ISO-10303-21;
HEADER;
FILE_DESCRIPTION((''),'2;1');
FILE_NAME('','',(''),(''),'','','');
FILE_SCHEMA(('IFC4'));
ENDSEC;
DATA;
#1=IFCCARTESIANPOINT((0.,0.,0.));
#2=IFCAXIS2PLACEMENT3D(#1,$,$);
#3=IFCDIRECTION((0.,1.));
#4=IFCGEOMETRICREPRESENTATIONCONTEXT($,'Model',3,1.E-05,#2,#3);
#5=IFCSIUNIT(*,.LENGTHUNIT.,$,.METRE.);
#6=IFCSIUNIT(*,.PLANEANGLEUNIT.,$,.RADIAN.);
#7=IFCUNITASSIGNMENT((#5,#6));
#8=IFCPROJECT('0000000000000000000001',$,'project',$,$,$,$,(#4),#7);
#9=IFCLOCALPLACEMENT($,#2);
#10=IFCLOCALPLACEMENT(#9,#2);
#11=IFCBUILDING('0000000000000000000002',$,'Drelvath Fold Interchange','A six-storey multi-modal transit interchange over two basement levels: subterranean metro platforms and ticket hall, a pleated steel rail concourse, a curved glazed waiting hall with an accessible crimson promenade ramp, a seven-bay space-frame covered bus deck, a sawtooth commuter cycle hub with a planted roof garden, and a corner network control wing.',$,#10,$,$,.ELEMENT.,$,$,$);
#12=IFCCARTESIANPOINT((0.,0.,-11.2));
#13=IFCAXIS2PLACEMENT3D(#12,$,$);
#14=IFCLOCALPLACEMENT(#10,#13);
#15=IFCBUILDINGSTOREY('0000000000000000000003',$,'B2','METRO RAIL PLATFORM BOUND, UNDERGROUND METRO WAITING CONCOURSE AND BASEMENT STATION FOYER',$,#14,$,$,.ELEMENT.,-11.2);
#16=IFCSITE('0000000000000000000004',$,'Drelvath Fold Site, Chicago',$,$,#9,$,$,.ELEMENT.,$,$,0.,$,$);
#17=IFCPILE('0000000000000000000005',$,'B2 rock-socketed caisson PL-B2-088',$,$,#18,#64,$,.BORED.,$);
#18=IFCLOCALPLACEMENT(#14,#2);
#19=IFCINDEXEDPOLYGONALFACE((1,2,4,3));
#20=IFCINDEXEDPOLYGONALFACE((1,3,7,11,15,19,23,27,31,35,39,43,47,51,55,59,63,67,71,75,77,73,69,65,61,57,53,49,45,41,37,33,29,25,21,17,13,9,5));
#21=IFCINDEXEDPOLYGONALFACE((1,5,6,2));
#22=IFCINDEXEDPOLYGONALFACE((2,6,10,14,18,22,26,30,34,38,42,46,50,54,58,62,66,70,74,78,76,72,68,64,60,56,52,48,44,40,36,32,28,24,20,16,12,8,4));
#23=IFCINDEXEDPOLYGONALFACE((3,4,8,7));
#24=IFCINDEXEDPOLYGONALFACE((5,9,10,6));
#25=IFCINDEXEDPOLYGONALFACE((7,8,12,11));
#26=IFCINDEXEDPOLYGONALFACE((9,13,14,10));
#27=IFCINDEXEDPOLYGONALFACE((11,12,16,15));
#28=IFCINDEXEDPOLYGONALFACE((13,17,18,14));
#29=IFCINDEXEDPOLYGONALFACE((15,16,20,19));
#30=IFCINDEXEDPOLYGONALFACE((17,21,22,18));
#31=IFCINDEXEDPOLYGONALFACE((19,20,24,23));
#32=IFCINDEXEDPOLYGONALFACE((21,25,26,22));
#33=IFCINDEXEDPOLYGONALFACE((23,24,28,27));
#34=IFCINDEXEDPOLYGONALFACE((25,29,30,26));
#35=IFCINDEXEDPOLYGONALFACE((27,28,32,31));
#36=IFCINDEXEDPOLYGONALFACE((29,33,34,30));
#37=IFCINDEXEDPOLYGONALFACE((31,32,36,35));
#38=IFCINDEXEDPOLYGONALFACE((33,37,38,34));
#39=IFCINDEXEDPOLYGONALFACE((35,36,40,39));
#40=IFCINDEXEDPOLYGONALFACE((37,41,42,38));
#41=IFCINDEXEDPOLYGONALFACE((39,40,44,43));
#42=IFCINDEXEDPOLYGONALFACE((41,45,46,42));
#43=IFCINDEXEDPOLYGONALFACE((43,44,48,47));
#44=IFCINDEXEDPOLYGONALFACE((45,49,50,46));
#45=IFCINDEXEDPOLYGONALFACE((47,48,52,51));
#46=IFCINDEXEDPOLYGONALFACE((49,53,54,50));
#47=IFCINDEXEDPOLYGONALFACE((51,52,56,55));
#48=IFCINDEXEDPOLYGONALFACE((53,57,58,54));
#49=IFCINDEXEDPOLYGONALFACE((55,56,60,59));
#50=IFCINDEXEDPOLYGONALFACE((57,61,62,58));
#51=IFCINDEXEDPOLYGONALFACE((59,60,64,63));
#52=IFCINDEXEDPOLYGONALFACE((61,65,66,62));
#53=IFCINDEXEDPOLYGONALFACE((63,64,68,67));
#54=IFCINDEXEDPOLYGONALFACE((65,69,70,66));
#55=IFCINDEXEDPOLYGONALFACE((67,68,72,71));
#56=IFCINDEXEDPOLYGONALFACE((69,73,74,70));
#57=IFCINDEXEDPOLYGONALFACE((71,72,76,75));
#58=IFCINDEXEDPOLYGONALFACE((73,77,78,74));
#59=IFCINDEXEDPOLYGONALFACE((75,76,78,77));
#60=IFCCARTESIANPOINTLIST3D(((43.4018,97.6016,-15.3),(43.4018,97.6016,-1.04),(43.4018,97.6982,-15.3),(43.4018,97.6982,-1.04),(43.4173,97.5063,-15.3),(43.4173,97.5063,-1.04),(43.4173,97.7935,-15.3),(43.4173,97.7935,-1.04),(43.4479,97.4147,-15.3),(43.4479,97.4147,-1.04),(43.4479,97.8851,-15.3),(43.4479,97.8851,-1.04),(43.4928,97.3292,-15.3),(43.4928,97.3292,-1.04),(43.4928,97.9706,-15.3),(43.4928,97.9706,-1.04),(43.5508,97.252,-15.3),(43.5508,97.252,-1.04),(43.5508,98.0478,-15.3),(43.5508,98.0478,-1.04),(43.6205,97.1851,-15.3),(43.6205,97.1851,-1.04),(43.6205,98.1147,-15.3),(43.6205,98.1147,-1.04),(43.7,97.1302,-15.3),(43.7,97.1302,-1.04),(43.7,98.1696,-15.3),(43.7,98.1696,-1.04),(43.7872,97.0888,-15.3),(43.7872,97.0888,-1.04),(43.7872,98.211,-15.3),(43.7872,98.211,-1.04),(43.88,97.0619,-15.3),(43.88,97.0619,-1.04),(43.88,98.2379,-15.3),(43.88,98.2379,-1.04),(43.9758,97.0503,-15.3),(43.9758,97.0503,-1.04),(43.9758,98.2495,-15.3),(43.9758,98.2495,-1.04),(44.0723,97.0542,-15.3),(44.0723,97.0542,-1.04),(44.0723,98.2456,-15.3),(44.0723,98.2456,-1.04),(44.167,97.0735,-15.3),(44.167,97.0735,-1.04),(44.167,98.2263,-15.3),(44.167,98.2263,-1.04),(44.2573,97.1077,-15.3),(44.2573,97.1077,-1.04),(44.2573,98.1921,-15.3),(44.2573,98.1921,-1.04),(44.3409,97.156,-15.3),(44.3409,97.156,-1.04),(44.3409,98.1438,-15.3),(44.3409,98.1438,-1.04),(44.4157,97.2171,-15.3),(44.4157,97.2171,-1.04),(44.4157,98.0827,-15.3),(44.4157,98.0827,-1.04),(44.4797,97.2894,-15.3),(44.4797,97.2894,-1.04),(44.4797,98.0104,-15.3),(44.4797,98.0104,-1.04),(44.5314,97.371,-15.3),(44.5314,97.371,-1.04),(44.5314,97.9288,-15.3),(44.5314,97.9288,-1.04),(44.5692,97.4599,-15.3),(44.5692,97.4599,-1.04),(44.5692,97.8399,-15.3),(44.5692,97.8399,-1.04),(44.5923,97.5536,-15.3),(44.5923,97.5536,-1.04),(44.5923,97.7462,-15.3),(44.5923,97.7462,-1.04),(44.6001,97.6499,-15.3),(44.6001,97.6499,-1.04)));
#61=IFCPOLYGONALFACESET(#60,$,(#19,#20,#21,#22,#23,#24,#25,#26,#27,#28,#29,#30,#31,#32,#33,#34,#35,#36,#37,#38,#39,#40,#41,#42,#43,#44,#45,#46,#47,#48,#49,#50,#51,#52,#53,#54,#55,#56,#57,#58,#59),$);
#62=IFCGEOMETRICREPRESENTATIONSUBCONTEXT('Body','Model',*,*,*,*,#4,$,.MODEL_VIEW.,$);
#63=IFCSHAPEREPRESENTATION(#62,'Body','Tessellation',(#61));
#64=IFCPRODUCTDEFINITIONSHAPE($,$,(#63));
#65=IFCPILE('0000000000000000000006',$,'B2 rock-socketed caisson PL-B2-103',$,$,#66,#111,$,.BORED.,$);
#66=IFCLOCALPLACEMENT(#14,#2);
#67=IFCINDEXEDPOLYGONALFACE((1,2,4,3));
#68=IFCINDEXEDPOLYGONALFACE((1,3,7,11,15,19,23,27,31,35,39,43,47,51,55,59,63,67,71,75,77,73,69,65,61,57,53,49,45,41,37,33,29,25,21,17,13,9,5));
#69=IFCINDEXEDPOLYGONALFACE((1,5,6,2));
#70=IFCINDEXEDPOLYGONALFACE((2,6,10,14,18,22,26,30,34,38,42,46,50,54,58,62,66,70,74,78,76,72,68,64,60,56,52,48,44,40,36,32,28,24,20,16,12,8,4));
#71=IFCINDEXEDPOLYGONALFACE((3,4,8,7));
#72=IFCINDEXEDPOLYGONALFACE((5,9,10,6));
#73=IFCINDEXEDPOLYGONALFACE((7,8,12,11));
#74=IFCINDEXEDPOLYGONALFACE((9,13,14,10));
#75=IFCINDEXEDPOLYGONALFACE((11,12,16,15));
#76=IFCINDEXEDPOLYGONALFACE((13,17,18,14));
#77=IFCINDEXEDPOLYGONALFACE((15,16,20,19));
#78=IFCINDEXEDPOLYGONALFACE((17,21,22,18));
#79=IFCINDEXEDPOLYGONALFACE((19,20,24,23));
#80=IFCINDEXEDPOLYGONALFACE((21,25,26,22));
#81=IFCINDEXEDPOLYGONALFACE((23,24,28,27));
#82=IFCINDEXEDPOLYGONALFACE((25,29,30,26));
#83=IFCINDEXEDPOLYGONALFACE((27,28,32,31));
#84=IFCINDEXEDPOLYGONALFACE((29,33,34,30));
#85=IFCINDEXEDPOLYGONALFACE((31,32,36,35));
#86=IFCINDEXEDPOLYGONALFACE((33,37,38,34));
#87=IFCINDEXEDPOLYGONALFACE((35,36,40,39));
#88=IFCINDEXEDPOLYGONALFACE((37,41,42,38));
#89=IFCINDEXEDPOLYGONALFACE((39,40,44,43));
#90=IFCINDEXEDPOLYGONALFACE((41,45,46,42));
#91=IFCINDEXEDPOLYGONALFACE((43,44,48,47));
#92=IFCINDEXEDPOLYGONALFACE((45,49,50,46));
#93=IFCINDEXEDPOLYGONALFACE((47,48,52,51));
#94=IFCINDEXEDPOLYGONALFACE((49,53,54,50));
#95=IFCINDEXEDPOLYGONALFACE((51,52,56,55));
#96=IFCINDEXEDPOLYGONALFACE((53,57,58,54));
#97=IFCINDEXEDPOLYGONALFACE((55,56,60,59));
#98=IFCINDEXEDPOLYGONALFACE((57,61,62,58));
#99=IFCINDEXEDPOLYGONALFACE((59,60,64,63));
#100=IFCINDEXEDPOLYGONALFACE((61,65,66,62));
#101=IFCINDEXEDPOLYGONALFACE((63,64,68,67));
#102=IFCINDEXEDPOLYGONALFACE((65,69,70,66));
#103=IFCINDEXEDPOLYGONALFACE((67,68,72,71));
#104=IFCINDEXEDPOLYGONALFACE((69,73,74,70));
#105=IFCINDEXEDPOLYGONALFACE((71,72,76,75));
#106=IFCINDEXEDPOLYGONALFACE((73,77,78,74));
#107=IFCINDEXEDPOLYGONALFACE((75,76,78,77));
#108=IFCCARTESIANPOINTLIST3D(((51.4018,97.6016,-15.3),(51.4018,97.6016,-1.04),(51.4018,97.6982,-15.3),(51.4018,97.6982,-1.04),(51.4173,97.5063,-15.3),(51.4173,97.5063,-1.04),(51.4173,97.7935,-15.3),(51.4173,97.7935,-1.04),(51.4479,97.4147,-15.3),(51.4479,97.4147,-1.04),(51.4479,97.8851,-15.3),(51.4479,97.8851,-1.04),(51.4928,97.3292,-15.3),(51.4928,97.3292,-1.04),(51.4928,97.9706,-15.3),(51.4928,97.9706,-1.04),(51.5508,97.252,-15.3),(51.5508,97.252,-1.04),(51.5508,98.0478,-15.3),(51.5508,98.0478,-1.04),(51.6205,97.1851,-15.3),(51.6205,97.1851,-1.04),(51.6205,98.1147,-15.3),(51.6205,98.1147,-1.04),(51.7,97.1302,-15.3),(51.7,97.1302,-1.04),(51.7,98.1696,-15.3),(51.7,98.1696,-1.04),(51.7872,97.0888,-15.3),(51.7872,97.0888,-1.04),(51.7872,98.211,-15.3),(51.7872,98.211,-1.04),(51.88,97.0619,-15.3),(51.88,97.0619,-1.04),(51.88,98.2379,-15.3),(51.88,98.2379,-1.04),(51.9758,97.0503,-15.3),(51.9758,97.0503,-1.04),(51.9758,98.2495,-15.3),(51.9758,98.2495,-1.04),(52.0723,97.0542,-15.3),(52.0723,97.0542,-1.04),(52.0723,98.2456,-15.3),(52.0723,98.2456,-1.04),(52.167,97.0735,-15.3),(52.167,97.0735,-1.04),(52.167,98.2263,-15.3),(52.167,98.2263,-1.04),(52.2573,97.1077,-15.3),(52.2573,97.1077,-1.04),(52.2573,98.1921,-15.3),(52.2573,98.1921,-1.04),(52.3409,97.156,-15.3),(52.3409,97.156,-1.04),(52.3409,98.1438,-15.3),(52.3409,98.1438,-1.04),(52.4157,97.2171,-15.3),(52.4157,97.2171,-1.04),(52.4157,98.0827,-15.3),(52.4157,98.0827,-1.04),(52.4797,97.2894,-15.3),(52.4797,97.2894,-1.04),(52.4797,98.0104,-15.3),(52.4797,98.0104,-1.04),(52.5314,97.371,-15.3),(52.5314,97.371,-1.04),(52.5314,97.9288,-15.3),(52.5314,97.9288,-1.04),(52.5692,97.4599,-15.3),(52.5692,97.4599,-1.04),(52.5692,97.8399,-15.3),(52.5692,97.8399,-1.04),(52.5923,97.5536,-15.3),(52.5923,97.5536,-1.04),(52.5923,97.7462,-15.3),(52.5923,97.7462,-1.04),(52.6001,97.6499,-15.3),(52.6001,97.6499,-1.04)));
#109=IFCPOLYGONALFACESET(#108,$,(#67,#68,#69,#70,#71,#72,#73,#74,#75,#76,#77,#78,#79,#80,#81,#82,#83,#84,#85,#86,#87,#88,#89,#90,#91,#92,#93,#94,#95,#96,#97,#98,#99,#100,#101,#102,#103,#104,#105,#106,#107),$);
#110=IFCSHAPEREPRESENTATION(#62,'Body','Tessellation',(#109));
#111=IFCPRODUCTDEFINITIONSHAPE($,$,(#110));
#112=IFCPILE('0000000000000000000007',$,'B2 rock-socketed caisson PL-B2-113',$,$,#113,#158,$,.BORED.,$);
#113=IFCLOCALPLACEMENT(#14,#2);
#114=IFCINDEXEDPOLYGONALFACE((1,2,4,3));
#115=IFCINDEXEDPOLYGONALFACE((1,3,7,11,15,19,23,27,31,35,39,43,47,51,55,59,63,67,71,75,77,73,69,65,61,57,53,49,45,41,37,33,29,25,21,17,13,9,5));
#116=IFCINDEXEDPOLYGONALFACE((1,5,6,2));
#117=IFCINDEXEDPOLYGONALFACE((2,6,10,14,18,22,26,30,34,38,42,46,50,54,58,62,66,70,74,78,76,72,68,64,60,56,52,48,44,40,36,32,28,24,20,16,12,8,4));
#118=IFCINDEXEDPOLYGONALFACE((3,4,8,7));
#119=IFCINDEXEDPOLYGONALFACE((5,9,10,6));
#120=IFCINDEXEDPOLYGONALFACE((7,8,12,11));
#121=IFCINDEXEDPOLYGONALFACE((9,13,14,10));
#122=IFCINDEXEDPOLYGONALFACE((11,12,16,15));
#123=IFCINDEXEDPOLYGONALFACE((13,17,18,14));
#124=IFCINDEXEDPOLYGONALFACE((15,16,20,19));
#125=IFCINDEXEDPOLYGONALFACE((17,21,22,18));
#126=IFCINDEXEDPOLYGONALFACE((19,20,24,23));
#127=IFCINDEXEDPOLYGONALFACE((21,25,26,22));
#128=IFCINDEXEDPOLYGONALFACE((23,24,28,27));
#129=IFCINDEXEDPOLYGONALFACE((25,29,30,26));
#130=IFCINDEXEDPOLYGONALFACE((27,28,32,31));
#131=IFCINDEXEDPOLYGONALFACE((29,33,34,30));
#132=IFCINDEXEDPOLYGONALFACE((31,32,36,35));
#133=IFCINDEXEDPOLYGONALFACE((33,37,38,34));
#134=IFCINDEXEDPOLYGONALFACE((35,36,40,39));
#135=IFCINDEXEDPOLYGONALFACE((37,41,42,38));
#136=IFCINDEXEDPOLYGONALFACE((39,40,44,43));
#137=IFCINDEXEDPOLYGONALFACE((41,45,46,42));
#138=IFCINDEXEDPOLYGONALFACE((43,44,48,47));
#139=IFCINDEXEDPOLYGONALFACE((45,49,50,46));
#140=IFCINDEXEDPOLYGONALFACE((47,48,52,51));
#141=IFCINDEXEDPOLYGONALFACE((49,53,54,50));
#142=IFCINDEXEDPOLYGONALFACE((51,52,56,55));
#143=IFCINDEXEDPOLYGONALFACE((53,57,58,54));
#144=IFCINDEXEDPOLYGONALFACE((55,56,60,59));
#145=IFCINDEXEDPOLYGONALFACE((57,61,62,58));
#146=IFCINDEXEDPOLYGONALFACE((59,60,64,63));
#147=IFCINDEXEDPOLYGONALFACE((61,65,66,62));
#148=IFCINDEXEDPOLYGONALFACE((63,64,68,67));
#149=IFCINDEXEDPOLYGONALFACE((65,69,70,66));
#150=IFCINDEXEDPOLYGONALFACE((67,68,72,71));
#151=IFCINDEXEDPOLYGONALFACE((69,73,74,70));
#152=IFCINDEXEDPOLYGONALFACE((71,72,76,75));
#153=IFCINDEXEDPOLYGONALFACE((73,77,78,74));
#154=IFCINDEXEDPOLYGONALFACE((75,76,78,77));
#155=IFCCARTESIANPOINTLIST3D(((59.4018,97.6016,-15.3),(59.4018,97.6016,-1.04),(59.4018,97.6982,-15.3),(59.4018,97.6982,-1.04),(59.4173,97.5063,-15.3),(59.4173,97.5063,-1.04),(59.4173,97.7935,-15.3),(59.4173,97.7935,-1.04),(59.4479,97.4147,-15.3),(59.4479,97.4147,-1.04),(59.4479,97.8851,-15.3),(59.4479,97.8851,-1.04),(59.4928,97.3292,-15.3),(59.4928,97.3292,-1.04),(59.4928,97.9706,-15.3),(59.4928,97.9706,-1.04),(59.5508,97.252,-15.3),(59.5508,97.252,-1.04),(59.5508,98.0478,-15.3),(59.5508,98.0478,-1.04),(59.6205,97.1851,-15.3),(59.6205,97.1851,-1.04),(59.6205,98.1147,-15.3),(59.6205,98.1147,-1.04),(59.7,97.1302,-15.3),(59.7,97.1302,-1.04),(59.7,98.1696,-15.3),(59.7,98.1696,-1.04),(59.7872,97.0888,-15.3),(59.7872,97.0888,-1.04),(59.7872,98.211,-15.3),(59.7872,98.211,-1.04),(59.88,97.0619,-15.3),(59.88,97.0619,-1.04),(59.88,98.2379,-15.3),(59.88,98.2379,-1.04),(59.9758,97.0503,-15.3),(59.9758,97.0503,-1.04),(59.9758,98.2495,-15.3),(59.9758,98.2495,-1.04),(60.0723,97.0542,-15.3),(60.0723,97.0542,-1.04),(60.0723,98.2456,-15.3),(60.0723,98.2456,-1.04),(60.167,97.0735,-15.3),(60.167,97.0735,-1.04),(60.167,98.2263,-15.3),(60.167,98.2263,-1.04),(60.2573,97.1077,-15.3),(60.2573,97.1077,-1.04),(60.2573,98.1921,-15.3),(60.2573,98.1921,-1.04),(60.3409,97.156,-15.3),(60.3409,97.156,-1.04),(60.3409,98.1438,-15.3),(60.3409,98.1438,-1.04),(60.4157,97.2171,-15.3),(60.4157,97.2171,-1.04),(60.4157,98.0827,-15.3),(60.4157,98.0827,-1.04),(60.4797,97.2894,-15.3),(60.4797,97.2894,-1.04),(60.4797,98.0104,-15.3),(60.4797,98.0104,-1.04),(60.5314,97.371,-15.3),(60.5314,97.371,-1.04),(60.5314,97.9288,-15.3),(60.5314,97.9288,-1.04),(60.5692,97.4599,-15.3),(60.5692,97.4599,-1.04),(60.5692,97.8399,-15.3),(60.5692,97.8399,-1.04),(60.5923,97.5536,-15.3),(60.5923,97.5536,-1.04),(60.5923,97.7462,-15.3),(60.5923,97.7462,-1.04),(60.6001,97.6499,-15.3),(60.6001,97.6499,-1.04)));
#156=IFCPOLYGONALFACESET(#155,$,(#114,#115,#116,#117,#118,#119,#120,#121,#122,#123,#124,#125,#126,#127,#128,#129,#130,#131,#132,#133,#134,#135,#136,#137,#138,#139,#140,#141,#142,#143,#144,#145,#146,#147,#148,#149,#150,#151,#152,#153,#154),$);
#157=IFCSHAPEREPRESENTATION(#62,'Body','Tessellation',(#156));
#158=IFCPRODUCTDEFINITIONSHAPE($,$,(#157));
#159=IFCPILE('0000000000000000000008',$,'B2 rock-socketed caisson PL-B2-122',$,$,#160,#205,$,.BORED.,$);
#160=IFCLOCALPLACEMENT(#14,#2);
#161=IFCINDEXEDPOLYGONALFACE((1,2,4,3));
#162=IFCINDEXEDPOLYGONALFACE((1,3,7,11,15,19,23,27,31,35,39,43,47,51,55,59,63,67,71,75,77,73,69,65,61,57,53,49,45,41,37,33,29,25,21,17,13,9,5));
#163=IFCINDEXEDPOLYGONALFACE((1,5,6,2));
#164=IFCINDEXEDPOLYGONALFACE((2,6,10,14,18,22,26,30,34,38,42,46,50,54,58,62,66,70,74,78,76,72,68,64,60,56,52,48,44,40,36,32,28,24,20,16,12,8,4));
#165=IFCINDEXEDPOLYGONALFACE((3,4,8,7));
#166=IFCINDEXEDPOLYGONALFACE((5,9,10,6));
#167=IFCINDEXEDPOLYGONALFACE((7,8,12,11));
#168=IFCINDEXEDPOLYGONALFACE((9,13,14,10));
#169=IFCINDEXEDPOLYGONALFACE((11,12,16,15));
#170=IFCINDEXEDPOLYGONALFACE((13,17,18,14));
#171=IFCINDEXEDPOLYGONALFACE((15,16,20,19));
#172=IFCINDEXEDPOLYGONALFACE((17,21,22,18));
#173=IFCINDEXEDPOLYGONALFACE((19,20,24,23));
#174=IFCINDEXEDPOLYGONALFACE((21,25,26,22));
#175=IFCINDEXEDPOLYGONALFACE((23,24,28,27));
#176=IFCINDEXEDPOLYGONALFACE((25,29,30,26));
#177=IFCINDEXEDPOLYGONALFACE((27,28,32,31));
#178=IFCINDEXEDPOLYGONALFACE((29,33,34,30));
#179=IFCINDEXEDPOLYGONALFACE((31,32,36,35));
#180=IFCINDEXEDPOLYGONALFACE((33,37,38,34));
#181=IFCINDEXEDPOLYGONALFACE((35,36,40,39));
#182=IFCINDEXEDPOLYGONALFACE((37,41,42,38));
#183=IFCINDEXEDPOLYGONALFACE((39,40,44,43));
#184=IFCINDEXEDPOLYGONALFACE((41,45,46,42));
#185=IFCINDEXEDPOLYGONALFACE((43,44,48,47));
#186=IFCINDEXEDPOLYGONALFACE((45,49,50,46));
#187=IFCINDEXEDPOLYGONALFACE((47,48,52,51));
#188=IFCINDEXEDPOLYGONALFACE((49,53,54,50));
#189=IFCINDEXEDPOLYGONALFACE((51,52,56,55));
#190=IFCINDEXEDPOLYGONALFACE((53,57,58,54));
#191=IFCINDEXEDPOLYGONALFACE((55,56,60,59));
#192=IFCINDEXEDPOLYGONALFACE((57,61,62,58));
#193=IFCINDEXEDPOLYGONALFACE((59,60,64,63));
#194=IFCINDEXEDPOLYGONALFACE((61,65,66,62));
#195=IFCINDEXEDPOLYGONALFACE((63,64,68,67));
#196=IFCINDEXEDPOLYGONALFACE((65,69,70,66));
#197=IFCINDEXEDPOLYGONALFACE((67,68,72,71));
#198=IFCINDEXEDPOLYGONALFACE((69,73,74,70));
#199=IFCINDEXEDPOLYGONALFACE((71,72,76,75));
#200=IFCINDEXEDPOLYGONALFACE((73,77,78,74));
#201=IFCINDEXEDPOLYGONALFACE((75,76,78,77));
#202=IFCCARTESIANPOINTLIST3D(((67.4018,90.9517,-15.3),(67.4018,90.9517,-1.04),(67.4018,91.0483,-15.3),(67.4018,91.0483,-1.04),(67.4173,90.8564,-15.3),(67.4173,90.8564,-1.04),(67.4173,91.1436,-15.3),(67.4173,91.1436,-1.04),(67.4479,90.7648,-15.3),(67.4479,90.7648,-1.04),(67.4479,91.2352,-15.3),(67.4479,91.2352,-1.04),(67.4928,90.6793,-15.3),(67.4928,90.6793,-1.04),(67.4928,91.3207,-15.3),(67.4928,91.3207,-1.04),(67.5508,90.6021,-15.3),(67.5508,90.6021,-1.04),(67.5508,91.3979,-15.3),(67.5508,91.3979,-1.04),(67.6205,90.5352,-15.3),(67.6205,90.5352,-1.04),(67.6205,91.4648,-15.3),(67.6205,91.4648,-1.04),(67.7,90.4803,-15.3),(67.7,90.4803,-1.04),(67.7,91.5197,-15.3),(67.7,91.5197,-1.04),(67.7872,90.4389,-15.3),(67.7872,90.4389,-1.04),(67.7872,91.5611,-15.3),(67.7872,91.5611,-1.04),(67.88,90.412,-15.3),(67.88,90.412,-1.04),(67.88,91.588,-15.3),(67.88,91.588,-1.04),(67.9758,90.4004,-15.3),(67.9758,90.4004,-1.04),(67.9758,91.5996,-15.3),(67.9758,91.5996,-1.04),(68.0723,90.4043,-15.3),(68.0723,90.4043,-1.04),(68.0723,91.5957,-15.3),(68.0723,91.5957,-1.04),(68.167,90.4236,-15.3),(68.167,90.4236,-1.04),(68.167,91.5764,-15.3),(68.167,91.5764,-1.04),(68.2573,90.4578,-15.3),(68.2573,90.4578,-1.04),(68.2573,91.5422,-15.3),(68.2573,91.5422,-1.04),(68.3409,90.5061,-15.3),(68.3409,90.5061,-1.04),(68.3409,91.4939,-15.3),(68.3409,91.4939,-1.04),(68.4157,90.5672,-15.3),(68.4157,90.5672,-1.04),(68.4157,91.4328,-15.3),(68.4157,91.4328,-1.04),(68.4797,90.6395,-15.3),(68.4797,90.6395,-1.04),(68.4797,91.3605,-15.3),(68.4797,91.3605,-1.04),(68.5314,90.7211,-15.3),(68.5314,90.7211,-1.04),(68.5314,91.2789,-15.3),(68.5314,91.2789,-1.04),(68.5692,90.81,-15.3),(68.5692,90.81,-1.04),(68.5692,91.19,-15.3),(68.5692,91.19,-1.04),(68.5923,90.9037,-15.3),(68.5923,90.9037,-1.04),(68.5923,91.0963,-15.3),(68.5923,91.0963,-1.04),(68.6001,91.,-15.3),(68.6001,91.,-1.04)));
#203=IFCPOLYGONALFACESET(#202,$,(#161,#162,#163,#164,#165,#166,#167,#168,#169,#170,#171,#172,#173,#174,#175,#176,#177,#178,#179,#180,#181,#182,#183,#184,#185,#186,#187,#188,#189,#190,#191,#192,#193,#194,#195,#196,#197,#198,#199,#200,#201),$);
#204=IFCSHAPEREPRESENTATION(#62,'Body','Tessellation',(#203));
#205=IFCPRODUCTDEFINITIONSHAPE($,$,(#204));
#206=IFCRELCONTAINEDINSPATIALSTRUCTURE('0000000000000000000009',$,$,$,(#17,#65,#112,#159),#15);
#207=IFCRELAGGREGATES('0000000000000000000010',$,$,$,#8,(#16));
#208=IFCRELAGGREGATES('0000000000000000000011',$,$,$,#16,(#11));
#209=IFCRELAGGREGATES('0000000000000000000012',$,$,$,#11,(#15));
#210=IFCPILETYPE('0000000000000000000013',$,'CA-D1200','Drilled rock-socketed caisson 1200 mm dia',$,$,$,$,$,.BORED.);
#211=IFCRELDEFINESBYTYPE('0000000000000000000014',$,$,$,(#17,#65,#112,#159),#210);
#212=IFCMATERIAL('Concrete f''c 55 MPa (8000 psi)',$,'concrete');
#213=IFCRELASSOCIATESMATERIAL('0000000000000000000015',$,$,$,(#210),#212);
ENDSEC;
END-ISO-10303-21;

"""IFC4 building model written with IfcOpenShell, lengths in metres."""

from ifc_helpers import new_model, si_unit, direction, frame, origin, origin_2d, place, context, subcontext, project, spatial, circle, extrude, material, material_profile, profile_set, type_object, element, save


model = new_model("IFC4")

# Units and contexts
model_context = context("Model", 3, precision=1e-05, world=origin(), true_north=direction((0.0, 1.0)))
body_context = subcontext(model_context, "Body", "Model", "MODEL_VIEW")
ifc_project = project(units=[si_unit("LENGTHUNIT", "METRE"), si_unit("PLANEANGLEUNIT", "RADIAN")], contexts=[model_context])

# Site, building, storey
site_placement = place(None, origin())
site = spatial("IfcSite", under=ifc_project, at=site_placement, Name="Drelvath Fold Site, Chicago", CompositionType="ELEMENT", RefElevation=0.0)
building_placement = place(site_placement, origin())
building = spatial("IfcBuilding", under=site, at=building_placement, Name="Drelvath Fold Interchange", Description="A six-storey multi-modal transit interchange over two basement levels: subterranean metro platforms and ticket hall, a pleated steel rail concourse, a curved glazed waiting hall with an accessible crimson promenade ramp, a seven-bay space-frame covered bus deck, a sawtooth commuter cycle hub with a planted roof garden, and a corner network control wing.", CompositionType="ELEMENT")
storey_placement = place(building_placement, frame((0.0, 0.0, -11.2)))
storey = spatial("IfcBuildingStorey", under=building, at=storey_placement, Name="B2", Description="METRO RAIL PLATFORM BOUND, UNDERGROUND METRO WAITING CONCOURSE AND BASEMENT STATION FOYER", CompositionType="ELEMENT", Elevation=-11.2)

# Piles
ifc_material_1 = material(Name="Concrete f'c 55 MPa (8000 psi)", Category="concrete")
ifc_material_profile_1 = material_profile(ifc_material_1, circle(Radius=0.6001, at=origin_2d()), Name="CAISSON D1200")
ifc_profile_set_1 = profile_set([ifc_material_profile_1], Name="Concrete f'c 55 MPa (8000 psi)")
pile_type = type_object("IfcPileType", Name="CA-D1200", Description="Drilled rock-socketed caisson 1200 mm dia", PredefinedType="BORED", material=ifc_profile_set_1)
for number, where, z_axis, x_axis, name in (
    (1, (44.0, 97.6499, -1.04), (0.0, 0.0, -1.0), (1.0, 0.0, 0.0), "B2 rock-socketed caisson PL-B2-088"),
    (2, (52.0, 97.6499, -1.04), (0.0, 0.0, -1.0), (1.0, 0.0, 0.0), "B2 rock-socketed caisson PL-B2-103"),
    (3, (60.0, 97.6499, -1.04), (0.0, 0.0, -1.0), (1.0, 0.0, 0.0), "B2 rock-socketed caisson PL-B2-113"),
    (4, (68.0, 91.0, -1.04), (0.0, 0.0, -1.0), (1.0, 0.0, 0.0), "B2 rock-socketed caisson PL-B2-122"),
):
    element("IfcPile", number, at=place(storey_placement, frame(where, z_axis=z_axis, x_axis=x_axis)), inside=storey, type_object=pile_type, Name=name, PredefinedType="BORED", context=body_context, shape_type="SweptSolid", body=[
        extrude(circle(Radius=0.6001, at=origin_2d()), origin(), (0.0, 0.0, 1.0), 14.26),
    ])

save(model, "model.ifc")
